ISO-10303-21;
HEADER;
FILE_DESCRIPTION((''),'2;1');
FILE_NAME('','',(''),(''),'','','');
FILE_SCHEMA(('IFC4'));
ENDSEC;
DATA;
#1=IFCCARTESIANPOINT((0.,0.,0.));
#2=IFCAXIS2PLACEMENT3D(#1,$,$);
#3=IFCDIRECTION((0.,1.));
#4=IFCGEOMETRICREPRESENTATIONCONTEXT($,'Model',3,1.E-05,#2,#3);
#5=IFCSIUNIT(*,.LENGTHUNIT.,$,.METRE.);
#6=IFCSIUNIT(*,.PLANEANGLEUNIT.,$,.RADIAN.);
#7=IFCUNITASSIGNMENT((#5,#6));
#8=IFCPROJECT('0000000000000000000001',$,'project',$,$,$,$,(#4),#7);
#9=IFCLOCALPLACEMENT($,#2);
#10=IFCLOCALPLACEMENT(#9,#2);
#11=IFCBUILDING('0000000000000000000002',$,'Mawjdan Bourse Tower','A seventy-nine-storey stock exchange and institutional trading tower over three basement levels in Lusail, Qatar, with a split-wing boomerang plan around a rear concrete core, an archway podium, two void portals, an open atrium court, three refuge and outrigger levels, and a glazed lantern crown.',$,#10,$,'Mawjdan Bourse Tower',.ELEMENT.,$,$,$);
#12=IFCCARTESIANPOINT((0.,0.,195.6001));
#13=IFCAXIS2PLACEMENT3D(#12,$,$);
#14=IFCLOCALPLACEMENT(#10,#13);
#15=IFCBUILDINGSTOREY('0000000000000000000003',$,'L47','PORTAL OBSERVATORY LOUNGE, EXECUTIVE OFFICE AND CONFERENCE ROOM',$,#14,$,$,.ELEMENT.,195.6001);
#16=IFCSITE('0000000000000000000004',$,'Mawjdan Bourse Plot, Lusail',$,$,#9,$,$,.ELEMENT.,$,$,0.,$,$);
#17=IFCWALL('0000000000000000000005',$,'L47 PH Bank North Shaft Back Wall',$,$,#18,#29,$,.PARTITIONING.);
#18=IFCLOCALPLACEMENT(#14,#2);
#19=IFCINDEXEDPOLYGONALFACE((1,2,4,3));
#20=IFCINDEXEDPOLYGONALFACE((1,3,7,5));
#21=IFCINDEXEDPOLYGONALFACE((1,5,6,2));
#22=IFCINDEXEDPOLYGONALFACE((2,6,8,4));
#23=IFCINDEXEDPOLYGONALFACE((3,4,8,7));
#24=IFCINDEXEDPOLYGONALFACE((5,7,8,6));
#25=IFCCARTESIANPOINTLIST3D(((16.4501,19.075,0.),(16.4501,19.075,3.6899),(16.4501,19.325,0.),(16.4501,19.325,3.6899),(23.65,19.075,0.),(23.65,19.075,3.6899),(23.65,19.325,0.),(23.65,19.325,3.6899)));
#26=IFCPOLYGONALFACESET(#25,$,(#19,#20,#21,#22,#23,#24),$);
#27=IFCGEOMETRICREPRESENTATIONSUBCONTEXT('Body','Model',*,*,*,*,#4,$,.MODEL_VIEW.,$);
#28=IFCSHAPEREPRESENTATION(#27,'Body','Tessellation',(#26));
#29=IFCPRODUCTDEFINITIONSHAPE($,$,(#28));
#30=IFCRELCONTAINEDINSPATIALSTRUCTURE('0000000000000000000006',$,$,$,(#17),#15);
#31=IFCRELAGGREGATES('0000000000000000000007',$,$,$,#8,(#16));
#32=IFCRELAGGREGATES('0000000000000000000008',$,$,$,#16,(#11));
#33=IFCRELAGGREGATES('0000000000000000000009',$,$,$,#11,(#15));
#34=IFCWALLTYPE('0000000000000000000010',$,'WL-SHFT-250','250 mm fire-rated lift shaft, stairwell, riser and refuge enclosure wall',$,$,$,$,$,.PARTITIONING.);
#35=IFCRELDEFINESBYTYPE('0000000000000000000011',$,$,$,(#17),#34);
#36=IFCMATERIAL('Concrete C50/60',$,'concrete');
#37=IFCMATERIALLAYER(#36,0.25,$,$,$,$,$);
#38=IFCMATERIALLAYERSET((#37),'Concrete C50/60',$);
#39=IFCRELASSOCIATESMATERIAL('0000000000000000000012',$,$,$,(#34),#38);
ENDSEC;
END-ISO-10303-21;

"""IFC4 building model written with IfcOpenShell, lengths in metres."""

from ifc_helpers import new_model, si_unit, direction, frame, frame_2d, origin, place, context, subcontext, project, spatial, rectangle, extrude, material, layer, layer_set, type_object, element, save


model = new_model("IFC4")

# Units and contexts
model_context = context("Model", 3, precision=1e-05, world=origin(), true_north=direction((0.0, 1.0)))
body_context = subcontext(model_context, "Body", "Model", "MODEL_VIEW")
ifc_project = project(units=[si_unit("LENGTHUNIT", "METRE"), si_unit("PLANEANGLEUNIT", "RADIAN")], contexts=[model_context])

# Site, building, storey
site_placement = place(None, origin())
site = spatial("IfcSite", under=ifc_project, at=site_placement, Name="Mawjdan Bourse Plot, Lusail", CompositionType="ELEMENT", RefElevation=0.0)
building_placement = place(site_placement, origin())
building = spatial("IfcBuilding", under=site, at=building_placement, Name="Mawjdan Bourse Tower", Description="A seventy-nine-storey stock exchange and institutional trading tower over three basement levels in Lusail, Qatar, with a split-wing boomerang plan around a rear concrete core, an archway podium, two void portals, an open atrium court, three refuge and outrigger levels, and a glazed lantern crown.", LongName="Mawjdan Bourse Tower", CompositionType="ELEMENT")
storey_placement = place(building_placement, frame((0.0, 0.0, 195.6001)))
storey = spatial("IfcBuildingStorey", under=building, at=storey_placement, Name="L47", Description="PORTAL OBSERVATORY LOUNGE, EXECUTIVE OFFICE AND CONFERENCE ROOM", CompositionType="ELEMENT", Elevation=195.6001)

# Wall
ifc_material_1 = material(Name="Concrete C50/60", Category="concrete")
ifc_layer_1 = layer(ifc_material_1, 0.25)
ifc_layer_set_1 = layer_set([ifc_layer_1], Name="Concrete C50/60")
wall_type_1 = type_object("IfcWallType", Name="WL-SHFT-250", Description="250 mm fire-rated lift shaft, stairwell, riser and refuge enclosure wall", PredefinedType="PARTITIONING", material=ifc_layer_set_1)
wall_1_placement = place(storey_placement, frame((16.45, 19.2, 0.0), z_axis=(0.0, 0.0, 1.0), x_axis=(1.0, 0.0, 0.0)))
element("IfcWall", 1, at=wall_1_placement, inside=storey, type_object=wall_type_1, Name="L47 PH Bank North Shaft Back Wall", PredefinedType="PARTITIONING", context=body_context, shape_type="SweptSolid", body=[
    extrude(rectangle(XDim=7.2, YDim=0.25, at=frame_2d((3.6001, 0.0))), origin(), (0.0, 0.0, 1.0), 3.6899),
])

save(model, "model.ifc")
